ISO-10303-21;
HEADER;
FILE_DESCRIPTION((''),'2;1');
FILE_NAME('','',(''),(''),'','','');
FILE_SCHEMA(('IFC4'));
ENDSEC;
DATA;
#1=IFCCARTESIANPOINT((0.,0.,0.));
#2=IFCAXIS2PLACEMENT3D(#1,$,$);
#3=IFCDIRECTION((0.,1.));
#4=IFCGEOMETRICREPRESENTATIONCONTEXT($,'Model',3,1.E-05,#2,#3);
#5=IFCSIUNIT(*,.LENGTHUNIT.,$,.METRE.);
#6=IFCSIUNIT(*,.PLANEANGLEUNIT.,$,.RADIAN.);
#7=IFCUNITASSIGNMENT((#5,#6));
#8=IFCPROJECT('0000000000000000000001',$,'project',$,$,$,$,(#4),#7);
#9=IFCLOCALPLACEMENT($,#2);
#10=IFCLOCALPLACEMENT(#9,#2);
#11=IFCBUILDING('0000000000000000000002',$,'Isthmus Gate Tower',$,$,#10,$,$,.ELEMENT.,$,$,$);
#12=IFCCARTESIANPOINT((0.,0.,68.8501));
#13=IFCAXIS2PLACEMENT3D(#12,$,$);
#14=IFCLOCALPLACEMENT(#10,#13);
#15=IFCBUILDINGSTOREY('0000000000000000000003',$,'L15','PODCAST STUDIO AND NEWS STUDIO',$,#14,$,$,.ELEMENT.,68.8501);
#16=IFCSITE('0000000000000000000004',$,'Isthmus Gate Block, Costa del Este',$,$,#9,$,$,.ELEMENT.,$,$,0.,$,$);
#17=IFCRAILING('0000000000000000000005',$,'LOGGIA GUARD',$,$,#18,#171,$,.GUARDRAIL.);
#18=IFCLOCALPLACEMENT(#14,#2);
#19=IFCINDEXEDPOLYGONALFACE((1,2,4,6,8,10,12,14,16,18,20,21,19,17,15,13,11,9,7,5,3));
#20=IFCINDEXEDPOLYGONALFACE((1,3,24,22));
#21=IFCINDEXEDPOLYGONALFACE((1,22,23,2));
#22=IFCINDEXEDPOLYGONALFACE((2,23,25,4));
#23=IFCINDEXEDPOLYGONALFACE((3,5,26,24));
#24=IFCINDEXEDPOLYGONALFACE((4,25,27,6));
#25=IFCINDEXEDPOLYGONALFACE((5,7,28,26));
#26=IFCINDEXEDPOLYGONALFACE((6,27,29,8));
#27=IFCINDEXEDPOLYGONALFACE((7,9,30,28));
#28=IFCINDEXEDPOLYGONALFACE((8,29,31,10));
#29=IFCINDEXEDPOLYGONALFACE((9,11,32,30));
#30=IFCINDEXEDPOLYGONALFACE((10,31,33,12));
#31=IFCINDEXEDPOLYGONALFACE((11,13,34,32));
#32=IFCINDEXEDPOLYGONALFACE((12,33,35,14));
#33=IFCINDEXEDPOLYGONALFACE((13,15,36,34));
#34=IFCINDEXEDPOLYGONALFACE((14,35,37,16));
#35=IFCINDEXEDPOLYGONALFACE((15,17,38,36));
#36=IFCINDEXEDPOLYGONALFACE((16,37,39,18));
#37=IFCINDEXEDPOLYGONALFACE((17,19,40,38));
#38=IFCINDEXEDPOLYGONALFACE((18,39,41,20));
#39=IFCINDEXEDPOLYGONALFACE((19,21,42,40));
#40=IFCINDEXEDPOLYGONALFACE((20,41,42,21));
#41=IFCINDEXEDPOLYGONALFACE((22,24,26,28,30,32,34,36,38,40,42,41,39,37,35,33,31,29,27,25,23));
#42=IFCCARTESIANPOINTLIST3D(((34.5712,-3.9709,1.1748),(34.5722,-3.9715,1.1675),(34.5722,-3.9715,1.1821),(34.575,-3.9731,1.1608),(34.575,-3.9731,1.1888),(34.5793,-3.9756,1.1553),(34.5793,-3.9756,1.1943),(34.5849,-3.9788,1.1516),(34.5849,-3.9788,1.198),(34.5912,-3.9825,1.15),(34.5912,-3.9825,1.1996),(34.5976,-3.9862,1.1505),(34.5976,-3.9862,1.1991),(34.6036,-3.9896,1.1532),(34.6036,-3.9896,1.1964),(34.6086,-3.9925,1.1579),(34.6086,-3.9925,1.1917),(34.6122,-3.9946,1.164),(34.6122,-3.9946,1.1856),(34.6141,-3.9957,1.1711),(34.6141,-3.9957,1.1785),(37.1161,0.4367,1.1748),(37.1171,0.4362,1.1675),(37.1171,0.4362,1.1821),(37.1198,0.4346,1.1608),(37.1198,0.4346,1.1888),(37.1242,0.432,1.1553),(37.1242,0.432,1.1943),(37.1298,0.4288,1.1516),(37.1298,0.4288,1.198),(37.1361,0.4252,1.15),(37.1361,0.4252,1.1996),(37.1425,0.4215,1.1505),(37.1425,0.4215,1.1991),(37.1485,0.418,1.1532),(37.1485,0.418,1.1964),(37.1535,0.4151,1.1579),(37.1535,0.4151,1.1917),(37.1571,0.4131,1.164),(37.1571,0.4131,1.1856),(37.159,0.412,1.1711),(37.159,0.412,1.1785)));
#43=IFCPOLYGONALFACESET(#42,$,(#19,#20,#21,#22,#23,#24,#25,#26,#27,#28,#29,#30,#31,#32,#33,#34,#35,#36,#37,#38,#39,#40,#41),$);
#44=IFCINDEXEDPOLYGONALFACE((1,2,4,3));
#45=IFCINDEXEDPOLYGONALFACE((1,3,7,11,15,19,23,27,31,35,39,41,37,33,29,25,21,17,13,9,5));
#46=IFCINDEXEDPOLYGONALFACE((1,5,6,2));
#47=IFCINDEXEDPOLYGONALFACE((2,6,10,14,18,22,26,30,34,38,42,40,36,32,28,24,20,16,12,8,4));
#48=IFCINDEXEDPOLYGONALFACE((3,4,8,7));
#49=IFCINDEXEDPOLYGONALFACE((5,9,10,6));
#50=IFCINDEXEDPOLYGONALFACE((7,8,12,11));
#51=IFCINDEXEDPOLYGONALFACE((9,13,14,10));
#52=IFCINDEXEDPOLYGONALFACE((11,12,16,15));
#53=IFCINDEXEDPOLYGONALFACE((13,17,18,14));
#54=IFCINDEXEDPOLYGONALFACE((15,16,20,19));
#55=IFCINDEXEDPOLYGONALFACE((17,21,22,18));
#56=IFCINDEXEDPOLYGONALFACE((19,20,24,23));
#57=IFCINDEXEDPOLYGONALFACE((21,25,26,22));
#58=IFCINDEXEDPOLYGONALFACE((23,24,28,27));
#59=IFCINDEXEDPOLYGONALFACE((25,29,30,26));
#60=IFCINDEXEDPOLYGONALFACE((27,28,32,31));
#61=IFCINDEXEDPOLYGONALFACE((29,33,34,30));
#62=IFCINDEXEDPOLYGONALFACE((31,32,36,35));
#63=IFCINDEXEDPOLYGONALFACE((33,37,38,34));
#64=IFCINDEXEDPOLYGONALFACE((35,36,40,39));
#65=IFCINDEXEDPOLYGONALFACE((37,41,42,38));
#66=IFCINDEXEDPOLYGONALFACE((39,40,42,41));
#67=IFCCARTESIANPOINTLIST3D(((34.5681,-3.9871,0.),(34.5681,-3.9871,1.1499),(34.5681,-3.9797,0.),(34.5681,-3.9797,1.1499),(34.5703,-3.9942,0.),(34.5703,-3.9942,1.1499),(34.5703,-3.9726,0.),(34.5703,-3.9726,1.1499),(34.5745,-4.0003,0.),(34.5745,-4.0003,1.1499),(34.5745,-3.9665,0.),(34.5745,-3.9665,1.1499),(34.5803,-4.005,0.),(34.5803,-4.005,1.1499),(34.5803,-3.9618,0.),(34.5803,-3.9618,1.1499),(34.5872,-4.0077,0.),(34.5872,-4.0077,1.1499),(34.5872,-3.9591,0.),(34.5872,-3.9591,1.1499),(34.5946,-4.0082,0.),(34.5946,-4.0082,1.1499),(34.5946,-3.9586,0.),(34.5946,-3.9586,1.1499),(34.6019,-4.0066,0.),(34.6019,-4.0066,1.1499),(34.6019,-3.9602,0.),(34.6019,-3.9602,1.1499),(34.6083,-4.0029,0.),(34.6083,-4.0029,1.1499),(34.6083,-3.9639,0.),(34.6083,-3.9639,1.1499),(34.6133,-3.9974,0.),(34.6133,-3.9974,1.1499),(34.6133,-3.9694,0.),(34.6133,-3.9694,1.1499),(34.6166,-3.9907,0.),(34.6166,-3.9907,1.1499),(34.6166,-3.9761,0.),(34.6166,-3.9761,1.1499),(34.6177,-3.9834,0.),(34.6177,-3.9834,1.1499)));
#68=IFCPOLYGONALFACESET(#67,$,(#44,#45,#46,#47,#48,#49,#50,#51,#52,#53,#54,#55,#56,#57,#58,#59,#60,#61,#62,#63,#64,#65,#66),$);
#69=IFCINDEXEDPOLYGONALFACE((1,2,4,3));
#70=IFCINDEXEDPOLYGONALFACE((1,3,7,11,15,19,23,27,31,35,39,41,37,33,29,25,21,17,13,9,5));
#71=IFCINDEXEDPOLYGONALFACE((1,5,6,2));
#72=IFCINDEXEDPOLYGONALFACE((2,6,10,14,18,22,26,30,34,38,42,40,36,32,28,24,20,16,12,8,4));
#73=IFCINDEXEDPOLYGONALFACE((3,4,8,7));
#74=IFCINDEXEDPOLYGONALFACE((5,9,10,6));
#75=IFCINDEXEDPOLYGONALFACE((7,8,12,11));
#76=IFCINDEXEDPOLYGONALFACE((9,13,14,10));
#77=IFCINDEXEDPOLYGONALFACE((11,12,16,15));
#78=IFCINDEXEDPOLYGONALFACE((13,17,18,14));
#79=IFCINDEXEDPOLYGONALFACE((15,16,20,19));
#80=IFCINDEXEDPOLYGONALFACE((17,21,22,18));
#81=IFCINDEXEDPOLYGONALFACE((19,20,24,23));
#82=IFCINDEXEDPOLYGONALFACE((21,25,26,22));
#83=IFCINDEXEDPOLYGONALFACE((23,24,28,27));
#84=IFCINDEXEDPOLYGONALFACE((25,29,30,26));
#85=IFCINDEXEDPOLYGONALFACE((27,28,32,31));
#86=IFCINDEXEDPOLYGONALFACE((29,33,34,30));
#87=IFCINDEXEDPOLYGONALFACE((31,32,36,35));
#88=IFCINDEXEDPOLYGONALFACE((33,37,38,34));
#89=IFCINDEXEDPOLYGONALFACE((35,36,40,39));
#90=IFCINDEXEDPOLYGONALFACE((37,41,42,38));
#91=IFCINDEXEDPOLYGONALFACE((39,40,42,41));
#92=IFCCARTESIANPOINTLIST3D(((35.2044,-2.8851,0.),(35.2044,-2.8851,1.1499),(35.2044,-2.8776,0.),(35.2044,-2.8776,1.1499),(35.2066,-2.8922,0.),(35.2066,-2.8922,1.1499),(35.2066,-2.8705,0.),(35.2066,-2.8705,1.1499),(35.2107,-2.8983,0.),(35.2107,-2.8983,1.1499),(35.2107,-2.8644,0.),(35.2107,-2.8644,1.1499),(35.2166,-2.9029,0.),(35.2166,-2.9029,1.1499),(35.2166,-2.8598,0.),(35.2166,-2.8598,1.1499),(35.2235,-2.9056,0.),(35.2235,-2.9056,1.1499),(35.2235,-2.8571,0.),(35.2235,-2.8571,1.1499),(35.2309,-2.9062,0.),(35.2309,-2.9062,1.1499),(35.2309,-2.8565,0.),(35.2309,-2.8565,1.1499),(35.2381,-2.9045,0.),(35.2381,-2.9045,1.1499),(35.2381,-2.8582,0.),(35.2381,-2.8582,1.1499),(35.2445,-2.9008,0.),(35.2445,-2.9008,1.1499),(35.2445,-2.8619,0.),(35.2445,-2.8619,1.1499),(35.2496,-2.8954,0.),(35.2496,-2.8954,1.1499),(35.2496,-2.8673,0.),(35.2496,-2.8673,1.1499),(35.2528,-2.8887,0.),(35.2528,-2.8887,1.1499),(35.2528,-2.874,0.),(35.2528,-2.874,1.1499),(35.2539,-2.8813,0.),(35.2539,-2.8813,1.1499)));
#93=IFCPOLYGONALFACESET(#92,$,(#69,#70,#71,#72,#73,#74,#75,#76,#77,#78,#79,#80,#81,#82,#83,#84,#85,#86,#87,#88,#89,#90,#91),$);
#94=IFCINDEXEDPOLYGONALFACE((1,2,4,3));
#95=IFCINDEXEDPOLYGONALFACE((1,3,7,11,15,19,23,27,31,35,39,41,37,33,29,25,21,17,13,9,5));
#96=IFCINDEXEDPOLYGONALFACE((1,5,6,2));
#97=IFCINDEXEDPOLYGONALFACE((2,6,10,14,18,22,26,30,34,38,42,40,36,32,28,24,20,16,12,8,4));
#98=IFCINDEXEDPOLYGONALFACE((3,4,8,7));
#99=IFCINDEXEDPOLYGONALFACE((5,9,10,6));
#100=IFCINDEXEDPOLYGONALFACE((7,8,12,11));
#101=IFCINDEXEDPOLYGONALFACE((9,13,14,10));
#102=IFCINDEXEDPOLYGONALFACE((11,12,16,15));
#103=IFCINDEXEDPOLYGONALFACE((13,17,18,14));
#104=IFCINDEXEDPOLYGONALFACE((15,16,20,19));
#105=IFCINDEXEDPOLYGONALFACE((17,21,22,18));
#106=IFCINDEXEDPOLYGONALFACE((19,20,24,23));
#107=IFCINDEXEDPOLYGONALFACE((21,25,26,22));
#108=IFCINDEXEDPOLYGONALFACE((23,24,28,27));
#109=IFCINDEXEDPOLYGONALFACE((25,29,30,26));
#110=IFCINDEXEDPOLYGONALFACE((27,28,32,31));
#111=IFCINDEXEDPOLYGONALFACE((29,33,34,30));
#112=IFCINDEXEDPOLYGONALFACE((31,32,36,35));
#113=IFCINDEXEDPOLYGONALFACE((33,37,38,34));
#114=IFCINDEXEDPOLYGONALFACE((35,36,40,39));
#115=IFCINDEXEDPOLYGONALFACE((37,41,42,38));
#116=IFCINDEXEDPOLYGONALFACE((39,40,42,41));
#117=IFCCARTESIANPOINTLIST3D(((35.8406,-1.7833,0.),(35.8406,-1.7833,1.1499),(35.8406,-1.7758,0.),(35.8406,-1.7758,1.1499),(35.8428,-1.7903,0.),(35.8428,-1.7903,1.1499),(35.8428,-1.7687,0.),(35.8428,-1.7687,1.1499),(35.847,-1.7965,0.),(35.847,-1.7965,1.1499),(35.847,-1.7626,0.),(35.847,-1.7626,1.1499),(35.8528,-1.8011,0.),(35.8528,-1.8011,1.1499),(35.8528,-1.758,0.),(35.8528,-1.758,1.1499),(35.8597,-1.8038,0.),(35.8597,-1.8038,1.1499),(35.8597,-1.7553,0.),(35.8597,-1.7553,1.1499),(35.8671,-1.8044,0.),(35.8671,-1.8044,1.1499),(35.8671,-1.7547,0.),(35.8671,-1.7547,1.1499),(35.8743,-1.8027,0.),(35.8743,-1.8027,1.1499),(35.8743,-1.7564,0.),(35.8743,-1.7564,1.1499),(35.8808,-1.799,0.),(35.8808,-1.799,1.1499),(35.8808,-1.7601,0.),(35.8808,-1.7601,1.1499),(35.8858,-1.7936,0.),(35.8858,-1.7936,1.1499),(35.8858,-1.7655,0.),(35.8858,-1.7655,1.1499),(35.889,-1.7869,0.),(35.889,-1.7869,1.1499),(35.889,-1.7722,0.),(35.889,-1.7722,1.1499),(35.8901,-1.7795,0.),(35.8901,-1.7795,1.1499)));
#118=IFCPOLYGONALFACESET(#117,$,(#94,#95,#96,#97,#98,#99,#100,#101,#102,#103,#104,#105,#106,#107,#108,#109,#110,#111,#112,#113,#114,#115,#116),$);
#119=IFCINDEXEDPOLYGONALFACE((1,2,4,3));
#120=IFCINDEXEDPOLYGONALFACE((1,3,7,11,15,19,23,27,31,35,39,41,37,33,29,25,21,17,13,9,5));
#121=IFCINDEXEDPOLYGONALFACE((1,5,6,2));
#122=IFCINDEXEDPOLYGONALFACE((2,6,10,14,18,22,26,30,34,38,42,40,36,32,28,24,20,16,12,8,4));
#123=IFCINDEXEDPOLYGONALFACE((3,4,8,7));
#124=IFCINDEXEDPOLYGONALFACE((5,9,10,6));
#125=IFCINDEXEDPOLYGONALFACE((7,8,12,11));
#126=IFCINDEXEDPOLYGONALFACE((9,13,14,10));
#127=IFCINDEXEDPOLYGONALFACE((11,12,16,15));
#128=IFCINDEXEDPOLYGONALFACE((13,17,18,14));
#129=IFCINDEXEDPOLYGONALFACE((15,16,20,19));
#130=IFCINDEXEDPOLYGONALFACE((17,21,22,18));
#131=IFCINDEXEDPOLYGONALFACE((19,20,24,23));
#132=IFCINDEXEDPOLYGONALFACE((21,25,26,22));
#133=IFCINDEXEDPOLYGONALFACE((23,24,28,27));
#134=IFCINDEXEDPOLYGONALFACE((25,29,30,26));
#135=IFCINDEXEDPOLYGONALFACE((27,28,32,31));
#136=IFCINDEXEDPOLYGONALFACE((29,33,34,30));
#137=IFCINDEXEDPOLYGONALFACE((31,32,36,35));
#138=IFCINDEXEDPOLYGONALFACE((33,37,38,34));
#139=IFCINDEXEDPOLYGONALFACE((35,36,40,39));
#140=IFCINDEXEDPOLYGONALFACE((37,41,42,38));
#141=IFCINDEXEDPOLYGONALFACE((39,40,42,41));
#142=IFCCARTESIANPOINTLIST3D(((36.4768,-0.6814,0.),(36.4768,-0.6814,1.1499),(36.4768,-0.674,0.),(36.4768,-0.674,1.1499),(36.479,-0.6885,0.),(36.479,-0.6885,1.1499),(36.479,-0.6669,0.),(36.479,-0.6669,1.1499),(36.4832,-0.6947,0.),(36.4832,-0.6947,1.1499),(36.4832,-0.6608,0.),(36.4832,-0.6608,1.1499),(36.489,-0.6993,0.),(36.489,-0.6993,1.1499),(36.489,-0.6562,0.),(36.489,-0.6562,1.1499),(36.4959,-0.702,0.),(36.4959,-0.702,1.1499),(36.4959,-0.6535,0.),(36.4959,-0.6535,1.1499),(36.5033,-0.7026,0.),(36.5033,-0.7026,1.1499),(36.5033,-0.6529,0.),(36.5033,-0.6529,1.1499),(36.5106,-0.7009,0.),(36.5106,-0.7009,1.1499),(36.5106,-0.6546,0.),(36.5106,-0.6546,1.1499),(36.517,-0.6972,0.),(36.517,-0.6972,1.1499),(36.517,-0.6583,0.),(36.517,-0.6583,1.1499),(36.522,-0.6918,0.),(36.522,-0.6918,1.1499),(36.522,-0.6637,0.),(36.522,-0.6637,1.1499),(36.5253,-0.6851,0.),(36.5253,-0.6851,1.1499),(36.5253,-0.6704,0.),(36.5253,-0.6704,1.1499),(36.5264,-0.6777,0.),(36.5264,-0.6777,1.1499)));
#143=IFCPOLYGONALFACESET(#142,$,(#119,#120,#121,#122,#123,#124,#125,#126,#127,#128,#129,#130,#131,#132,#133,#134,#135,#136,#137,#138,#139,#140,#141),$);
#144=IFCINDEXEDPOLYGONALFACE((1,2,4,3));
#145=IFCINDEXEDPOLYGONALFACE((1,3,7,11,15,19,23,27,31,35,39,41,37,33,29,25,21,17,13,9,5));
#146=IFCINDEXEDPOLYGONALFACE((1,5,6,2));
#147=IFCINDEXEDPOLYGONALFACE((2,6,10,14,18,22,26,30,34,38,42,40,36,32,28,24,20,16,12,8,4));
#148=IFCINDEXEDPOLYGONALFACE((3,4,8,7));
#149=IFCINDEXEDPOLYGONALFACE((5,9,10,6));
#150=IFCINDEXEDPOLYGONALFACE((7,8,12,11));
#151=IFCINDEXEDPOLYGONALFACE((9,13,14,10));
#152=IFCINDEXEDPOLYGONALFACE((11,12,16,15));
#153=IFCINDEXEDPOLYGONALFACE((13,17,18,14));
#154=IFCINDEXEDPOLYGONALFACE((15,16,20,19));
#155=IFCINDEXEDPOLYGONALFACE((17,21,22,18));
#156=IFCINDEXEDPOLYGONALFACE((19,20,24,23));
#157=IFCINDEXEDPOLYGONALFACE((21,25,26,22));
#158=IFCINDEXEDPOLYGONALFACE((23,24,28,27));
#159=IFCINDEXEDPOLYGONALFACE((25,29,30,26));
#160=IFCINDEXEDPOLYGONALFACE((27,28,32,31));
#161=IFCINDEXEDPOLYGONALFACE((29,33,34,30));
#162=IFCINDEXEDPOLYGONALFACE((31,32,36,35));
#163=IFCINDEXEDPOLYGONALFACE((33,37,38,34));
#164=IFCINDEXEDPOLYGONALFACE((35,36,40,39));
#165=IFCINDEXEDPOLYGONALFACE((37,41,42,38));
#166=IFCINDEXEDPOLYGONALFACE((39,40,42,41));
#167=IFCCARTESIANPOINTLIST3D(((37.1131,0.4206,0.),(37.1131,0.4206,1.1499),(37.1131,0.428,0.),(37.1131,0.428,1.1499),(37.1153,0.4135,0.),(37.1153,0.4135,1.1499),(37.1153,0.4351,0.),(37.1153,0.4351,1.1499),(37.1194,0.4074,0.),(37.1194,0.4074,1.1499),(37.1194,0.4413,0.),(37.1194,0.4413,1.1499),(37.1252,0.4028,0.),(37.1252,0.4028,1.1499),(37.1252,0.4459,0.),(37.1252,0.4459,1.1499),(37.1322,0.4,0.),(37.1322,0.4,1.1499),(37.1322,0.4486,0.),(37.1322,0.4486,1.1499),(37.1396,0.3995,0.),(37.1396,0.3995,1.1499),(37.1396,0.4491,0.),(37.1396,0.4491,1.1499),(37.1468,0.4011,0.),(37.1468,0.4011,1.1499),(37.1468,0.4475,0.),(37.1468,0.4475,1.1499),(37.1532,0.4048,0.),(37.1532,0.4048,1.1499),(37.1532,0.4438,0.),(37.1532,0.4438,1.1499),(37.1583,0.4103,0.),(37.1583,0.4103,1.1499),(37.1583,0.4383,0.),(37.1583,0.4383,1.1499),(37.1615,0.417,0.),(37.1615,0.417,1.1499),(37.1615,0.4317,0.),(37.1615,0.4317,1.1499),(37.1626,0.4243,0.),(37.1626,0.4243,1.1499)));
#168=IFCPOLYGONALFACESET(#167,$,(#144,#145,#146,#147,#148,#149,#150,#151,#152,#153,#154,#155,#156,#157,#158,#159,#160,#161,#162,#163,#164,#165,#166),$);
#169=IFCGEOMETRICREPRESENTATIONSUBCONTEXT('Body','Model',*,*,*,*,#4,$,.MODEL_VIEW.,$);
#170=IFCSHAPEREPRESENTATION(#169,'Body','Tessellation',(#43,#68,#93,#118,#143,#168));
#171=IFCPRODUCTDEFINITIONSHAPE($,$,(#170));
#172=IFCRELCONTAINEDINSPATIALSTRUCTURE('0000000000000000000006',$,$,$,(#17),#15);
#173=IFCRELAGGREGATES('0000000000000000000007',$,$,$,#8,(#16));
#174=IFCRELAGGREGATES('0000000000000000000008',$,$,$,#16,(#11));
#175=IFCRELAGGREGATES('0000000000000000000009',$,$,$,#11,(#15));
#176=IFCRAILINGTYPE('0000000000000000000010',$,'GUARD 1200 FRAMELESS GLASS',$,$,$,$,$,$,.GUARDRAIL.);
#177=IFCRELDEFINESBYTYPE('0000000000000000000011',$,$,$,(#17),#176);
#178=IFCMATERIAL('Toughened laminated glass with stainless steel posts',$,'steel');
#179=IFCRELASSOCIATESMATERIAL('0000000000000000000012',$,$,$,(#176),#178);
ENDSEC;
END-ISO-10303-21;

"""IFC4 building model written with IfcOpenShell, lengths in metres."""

from ifc_helpers import new_model, si_unit, direction, frame, origin, origin_2d, place, context, subcontext, project, spatial, circle, extrude, material, type_object, element, save


model = new_model("IFC4")

# Units and contexts
model_context = context("Model", 3, precision=1e-05, world=origin(), true_north=direction((0.0, 1.0)))
body_context = subcontext(model_context, "Body", "Model", "MODEL_VIEW")
ifc_project = project(units=[si_unit("LENGTHUNIT", "METRE"), si_unit("PLANEANGLEUNIT", "RADIAN")], contexts=[model_context])

# Site, building, storey
site_placement = place(None, origin())
site = spatial("IfcSite", under=ifc_project, at=site_placement, Name="Isthmus Gate Block, Costa del Este", CompositionType="ELEMENT", RefElevation=0.0)
building_placement = place(site_placement, origin())
building = spatial("IfcBuilding", under=site, at=building_placement, Name="Isthmus Gate Tower", CompositionType="ELEMENT")
storey_placement = place(building_placement, frame((0.0, 0.0, 68.8501)))
storey = spatial("IfcBuildingStorey", under=building, at=storey_placement, Name="L15", Description="PODCAST STUDIO AND NEWS STUDIO", CompositionType="ELEMENT", Elevation=68.8501)

# Railing
ifc_material_1 = material(Name="Toughened laminated glass with stainless steel posts", Category="steel")
railing_type = type_object("IfcRailingType", Name="GUARD 1200 FRAMELESS GLASS", PredefinedType="GUARDRAIL", material=ifc_material_1)
railing_placement = place(storey_placement, frame((34.5928, -3.9834, 0.0)))
element("IfcRailing", 1, at=railing_placement, inside=storey, type_object=railing_type, Name="LOGGIA GUARD", PredefinedType="GUARDRAIL", context=body_context, shape_type="SweptSolid", body=[
    extrude(circle(Radius=0.0249, at=origin_2d()), frame((0.0, 0.0, 1.1748), z_axis=(0.500019, 0.866015, 0.0), x_axis=(-0.866015, 0.500019, 0.0)), (0.0, 0.0, 1.0), 5.0896),
    extrude(circle(Radius=0.0249, at=origin_2d()), origin(), (0.0, 0.0, 1.0), 1.1499),
    extrude(circle(Radius=0.0249, at=origin_2d()), frame((0.6362, 1.1021, 0.0)), (0.0, 0.0, 1.0), 1.1499),
    extrude(circle(Radius=0.0249, at=origin_2d()), frame((1.2725, 2.2039, 0.0)), (0.0, 0.0, 1.0), 1.1499),
    extrude(circle(Radius=0.0249, at=origin_2d()), frame((1.9087, 3.3057, 0.0)), (0.0, 0.0, 1.0), 1.1499),
    extrude(circle(Radius=0.0249, at=origin_2d()), frame((2.5449, 4.4077, 0.0)), (0.0, 0.0, 1.0), 1.1499),
])

save(model, "model.ifc")
